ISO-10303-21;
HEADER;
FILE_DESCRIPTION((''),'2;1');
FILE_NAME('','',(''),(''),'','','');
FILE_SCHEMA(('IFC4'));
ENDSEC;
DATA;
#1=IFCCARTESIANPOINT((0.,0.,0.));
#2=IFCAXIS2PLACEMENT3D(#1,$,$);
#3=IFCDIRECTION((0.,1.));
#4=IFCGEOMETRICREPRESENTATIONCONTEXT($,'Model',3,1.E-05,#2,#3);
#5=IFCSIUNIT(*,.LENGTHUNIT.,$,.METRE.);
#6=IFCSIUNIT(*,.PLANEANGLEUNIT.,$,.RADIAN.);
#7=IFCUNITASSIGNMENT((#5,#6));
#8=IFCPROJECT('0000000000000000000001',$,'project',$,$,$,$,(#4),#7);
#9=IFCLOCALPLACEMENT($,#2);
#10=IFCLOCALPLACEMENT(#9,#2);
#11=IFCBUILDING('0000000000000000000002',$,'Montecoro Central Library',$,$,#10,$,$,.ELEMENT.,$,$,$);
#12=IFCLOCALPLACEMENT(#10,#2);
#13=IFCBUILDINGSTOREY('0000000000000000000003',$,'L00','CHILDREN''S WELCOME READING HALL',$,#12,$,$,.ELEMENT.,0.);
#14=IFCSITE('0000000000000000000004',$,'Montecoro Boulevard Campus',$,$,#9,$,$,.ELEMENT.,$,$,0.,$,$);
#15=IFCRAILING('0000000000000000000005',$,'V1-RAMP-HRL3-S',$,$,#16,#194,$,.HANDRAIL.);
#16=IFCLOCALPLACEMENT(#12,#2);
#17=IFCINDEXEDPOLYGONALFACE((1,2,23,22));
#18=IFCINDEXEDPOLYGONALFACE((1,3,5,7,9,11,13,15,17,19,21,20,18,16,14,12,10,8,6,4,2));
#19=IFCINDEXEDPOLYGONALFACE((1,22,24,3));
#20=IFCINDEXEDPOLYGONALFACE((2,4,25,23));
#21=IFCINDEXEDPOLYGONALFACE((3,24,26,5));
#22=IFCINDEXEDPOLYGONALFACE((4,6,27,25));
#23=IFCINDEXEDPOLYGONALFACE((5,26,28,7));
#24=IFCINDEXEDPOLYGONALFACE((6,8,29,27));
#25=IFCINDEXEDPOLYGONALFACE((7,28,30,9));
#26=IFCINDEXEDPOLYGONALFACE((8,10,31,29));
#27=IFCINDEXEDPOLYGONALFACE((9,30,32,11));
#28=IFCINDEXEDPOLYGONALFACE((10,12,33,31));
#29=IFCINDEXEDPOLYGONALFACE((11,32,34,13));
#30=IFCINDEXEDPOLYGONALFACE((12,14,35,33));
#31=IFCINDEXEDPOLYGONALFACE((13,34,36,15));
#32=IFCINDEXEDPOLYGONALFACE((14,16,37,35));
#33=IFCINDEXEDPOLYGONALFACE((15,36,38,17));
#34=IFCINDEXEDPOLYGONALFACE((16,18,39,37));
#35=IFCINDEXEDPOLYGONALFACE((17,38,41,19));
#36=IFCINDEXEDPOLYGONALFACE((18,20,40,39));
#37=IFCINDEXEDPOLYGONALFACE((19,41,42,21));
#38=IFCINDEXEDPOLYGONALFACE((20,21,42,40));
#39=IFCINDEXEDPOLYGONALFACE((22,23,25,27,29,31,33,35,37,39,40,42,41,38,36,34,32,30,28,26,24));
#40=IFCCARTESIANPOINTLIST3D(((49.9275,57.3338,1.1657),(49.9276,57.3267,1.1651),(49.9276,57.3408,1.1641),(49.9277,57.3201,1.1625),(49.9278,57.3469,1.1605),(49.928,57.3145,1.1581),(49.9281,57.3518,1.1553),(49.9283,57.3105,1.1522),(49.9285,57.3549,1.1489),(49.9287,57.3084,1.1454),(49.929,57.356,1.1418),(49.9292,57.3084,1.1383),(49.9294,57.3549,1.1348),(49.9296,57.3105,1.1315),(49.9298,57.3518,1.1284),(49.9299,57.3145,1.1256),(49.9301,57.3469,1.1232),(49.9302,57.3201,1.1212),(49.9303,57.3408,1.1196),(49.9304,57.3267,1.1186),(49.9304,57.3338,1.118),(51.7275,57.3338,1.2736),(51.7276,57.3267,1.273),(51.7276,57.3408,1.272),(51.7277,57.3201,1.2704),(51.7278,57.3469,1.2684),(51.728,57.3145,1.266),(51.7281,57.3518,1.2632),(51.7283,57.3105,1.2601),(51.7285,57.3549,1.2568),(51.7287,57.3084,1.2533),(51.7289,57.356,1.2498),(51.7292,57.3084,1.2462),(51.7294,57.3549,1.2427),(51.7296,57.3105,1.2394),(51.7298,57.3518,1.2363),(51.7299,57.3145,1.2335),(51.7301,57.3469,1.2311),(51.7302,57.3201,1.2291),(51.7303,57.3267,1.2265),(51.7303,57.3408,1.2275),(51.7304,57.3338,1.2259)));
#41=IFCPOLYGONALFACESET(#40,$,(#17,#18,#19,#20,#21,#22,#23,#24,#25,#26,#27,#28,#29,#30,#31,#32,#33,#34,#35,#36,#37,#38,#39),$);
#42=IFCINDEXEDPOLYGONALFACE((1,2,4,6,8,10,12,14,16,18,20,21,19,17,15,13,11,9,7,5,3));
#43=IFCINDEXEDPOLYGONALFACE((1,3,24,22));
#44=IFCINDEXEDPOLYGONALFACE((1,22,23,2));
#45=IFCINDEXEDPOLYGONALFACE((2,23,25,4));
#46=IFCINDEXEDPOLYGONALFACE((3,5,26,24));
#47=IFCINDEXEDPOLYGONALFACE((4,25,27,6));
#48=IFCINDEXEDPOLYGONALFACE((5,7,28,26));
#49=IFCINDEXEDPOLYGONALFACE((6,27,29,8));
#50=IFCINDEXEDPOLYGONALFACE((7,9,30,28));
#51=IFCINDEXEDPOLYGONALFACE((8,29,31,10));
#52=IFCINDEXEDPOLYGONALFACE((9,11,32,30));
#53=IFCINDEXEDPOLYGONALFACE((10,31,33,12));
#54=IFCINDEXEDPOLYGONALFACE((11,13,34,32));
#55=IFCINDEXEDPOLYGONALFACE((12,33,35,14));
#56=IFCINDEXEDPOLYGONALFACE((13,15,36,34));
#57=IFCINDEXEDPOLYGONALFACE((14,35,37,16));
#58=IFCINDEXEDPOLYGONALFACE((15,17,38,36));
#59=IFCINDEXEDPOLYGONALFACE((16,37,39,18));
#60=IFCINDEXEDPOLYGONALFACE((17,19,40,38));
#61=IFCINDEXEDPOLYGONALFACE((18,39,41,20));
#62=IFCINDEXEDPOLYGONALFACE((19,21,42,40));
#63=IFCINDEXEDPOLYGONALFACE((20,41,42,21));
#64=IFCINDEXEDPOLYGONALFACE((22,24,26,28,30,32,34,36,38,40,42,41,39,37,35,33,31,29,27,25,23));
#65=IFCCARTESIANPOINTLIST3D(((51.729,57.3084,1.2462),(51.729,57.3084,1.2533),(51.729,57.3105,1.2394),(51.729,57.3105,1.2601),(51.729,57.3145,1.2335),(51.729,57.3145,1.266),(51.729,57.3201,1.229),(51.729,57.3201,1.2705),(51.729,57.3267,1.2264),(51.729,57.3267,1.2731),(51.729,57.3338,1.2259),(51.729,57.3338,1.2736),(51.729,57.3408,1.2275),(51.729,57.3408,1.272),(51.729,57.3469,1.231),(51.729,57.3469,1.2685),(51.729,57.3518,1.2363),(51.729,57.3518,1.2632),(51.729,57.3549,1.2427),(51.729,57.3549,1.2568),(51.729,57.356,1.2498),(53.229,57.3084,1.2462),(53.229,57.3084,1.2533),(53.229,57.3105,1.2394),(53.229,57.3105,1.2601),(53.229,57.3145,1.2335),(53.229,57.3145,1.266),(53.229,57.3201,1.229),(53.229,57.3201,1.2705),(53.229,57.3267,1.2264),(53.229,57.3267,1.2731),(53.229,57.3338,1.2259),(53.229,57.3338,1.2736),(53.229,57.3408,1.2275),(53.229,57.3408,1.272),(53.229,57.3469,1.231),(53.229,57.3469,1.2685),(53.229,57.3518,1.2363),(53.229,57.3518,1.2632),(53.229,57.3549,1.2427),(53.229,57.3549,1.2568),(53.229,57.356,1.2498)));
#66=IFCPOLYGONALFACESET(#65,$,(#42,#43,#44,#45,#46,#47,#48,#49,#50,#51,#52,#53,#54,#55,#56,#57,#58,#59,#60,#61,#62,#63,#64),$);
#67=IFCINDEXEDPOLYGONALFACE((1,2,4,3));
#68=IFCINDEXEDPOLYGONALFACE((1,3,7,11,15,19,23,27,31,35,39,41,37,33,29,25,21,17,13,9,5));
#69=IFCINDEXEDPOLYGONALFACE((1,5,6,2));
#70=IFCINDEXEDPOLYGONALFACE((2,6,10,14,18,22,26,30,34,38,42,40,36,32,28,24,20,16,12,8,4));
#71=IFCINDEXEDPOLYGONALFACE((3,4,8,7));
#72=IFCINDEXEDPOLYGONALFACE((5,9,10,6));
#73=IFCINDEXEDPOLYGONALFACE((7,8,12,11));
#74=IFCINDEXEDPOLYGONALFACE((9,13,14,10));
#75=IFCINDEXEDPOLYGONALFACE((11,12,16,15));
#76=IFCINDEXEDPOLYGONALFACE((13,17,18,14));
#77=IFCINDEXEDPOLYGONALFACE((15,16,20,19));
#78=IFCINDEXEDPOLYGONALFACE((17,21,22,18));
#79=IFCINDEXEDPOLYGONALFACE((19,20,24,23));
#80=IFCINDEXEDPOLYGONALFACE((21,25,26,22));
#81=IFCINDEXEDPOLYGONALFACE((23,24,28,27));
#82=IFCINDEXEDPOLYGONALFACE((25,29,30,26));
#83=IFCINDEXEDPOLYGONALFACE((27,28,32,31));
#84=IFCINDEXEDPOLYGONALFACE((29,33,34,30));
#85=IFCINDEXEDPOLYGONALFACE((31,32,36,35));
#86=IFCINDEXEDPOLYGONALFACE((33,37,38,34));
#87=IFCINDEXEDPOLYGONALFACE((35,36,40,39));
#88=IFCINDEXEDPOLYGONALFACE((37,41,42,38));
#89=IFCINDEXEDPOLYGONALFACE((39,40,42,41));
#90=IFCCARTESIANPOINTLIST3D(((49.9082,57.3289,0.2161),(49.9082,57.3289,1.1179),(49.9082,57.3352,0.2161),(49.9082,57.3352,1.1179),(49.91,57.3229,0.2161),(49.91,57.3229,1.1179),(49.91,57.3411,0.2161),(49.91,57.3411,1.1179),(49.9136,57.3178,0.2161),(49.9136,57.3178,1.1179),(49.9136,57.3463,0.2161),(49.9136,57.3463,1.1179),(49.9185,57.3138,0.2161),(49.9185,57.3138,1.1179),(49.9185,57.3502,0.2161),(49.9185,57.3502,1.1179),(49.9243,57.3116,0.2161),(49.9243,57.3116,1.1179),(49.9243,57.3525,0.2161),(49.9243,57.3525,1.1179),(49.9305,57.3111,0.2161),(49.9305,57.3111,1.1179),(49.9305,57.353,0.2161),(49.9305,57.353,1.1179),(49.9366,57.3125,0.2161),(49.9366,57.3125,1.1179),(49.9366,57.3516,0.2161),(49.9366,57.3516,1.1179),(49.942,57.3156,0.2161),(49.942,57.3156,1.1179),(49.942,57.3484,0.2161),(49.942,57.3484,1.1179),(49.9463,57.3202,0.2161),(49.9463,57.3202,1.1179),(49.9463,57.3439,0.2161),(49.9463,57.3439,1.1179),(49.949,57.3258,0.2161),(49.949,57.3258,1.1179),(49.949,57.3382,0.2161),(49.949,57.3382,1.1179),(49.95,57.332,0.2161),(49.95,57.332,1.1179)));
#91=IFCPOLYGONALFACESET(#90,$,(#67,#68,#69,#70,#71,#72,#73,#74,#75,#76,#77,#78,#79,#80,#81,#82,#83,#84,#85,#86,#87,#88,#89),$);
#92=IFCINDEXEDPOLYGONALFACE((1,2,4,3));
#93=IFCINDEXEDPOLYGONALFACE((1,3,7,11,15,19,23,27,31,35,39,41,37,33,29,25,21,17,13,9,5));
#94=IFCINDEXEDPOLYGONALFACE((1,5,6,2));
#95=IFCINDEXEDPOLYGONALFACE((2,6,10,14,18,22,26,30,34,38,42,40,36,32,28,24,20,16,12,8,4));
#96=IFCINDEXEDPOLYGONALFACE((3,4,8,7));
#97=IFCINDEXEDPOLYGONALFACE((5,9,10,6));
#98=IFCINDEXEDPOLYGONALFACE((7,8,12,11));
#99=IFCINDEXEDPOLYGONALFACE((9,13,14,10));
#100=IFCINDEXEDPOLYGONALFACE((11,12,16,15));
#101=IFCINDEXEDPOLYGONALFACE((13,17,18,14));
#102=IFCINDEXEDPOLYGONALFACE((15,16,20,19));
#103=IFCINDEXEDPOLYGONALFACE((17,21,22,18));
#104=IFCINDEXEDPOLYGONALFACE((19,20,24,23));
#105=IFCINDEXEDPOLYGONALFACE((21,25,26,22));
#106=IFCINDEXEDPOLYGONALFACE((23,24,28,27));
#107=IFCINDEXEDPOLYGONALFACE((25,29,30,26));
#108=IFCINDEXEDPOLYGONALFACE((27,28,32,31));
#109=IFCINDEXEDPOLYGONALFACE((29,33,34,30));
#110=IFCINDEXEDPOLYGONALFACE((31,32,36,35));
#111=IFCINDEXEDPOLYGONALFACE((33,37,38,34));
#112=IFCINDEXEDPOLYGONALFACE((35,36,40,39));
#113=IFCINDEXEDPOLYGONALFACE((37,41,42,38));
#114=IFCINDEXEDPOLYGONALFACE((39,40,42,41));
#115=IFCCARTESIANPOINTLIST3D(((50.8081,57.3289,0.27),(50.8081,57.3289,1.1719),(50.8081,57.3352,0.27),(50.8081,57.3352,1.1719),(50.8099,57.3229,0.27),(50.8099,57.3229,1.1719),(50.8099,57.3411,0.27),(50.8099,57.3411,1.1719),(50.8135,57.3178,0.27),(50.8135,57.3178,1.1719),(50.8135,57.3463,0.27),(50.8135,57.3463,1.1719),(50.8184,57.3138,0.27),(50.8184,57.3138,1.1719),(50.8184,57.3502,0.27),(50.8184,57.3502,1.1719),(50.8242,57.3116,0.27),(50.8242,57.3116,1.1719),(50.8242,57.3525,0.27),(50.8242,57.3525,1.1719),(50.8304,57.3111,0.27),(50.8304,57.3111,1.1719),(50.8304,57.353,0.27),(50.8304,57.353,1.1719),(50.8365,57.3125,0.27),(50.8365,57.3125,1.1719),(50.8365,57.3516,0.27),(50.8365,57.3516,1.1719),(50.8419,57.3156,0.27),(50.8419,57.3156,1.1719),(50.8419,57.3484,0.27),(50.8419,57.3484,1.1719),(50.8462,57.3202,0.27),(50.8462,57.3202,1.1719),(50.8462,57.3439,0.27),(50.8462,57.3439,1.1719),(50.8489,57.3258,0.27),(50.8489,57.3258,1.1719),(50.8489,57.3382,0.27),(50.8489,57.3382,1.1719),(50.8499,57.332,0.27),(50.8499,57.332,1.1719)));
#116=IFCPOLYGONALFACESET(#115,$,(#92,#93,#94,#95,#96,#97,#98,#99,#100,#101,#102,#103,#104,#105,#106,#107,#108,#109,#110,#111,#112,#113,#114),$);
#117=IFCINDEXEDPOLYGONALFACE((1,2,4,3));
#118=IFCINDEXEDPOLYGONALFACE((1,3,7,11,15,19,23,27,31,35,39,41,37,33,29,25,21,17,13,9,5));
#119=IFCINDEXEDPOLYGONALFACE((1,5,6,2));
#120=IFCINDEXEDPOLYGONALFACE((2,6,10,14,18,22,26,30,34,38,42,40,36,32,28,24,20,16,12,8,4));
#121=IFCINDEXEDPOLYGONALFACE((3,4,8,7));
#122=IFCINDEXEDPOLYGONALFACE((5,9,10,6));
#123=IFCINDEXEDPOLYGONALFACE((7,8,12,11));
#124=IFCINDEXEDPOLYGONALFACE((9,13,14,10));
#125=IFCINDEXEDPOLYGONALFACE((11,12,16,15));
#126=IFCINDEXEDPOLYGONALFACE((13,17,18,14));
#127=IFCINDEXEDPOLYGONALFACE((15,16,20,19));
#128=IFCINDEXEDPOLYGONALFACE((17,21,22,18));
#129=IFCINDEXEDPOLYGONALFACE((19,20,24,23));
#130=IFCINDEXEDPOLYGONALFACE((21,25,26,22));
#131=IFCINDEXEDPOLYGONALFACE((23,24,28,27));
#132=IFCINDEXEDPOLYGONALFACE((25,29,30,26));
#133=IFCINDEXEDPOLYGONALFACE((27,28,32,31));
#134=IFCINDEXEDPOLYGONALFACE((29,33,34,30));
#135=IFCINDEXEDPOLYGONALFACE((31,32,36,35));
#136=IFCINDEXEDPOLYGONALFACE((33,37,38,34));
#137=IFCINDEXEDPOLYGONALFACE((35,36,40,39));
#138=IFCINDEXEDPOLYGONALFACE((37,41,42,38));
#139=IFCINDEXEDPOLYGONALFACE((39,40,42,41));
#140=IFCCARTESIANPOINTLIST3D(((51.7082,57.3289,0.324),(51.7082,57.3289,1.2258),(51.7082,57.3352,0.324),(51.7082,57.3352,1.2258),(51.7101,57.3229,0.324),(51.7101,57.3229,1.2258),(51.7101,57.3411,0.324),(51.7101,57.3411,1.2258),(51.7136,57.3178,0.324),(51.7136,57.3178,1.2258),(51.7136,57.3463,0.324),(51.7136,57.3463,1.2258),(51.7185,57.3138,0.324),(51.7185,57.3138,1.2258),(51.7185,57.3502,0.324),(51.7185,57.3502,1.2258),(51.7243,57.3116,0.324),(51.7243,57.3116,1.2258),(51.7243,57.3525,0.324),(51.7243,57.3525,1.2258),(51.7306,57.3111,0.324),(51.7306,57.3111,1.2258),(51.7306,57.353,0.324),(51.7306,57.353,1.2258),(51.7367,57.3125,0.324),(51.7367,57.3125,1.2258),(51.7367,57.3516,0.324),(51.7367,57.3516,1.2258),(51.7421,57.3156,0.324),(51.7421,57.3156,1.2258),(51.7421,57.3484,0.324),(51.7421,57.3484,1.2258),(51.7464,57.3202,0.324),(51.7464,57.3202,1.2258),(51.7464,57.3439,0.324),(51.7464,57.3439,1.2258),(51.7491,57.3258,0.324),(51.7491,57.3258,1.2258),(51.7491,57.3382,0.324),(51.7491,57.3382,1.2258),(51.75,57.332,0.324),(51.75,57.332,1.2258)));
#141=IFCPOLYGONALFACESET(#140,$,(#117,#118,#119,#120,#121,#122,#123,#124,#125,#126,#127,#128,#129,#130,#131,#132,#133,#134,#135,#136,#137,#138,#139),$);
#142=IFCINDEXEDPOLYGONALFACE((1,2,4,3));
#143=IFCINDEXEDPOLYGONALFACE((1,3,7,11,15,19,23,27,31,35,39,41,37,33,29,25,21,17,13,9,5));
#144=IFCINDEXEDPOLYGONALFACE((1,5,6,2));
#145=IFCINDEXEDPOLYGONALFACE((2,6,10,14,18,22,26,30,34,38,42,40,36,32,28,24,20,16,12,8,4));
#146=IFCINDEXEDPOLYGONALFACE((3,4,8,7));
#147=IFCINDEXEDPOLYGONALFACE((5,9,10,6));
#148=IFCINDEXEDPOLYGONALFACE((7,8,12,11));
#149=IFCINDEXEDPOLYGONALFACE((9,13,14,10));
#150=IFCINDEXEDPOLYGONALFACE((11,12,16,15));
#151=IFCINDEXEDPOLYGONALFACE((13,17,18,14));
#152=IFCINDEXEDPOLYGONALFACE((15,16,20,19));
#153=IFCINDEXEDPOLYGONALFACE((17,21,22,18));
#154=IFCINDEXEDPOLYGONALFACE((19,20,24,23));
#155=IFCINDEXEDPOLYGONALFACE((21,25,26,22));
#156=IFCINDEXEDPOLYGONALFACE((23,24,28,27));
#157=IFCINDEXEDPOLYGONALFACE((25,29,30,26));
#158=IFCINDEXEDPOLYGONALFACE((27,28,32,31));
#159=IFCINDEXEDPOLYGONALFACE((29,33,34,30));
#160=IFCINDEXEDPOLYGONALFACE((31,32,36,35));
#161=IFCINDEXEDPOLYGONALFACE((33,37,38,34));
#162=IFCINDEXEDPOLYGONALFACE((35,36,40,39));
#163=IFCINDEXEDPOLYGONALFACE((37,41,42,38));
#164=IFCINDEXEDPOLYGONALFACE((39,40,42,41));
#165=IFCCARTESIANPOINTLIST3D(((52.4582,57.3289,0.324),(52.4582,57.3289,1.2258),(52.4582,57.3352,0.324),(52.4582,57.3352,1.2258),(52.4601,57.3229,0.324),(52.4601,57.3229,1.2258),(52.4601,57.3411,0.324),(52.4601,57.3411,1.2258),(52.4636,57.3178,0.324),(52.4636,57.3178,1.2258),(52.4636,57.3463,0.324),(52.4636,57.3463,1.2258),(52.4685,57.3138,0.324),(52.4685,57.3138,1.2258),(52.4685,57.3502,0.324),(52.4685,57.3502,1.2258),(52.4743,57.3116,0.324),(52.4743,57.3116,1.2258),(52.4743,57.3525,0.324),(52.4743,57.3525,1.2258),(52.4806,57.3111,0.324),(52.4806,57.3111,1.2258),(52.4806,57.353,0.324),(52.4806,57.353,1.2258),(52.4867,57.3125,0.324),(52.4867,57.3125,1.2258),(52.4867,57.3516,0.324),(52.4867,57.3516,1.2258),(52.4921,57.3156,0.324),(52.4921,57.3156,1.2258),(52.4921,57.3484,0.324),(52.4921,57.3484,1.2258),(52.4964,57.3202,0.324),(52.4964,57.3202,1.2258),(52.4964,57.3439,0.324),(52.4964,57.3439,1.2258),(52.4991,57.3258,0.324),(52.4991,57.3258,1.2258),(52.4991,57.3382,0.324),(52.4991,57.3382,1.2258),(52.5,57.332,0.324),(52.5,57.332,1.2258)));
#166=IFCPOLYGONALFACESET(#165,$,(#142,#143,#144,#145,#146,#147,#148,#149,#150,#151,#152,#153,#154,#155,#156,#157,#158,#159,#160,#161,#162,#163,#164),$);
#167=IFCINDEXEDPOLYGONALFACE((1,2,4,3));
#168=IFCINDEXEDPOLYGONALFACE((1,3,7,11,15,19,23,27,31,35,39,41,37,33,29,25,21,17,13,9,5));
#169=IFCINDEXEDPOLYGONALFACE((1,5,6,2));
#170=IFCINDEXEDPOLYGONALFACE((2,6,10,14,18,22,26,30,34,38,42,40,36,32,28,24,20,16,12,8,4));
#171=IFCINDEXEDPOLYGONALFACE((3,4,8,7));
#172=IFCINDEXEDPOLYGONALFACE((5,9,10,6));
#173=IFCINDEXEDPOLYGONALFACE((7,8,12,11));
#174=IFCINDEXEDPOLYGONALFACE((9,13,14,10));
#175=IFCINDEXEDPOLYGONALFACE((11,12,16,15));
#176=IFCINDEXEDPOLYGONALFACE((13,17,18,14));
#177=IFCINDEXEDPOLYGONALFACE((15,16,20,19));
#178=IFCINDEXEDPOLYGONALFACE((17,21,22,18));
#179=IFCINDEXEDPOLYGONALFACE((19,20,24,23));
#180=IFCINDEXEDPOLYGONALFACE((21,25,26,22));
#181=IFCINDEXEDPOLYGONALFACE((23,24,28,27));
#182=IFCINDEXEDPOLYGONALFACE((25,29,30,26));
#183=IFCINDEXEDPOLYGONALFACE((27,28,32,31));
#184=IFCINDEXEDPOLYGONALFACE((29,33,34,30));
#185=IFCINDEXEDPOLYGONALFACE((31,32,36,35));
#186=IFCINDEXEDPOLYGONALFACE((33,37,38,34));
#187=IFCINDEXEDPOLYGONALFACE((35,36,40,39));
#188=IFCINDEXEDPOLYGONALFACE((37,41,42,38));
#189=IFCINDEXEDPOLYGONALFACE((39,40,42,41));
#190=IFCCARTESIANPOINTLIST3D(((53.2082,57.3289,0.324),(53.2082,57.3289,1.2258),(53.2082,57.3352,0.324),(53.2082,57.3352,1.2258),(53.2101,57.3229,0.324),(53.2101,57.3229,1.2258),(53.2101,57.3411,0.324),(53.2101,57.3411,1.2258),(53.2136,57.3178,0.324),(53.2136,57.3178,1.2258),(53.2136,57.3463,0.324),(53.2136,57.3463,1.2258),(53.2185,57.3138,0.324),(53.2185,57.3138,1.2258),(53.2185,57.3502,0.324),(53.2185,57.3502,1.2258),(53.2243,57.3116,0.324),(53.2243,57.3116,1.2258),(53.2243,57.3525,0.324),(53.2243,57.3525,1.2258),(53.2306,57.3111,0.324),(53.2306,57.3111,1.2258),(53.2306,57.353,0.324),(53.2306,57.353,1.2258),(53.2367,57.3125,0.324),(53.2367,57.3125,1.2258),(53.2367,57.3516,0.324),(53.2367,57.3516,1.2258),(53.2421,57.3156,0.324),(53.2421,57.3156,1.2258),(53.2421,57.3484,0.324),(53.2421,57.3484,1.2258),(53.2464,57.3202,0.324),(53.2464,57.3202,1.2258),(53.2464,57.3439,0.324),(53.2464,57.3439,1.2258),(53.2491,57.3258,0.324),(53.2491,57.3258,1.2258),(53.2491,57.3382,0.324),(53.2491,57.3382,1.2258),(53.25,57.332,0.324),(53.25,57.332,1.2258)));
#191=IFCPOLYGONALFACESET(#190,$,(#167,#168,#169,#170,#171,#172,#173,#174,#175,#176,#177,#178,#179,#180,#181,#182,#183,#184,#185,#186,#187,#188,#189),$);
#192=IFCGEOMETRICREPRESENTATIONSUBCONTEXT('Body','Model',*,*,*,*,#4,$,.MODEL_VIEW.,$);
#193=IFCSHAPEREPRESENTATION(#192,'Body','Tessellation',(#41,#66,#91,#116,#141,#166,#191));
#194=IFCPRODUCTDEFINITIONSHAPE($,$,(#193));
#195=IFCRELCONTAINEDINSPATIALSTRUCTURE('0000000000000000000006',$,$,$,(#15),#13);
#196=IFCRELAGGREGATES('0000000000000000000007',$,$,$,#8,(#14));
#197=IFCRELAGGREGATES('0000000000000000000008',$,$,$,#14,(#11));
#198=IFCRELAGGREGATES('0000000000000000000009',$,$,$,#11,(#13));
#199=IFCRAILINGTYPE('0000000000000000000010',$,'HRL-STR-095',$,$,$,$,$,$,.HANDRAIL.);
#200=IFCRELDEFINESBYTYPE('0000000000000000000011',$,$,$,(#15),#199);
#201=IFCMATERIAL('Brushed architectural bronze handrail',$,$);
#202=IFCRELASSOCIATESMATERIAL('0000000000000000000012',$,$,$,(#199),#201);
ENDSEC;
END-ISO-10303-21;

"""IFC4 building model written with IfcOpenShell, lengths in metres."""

from ifc_helpers import new_model, si_unit, direction, frame, origin, origin_2d, place, context, subcontext, project, spatial, circle, extrude, material, type_object, element, save


model = new_model("IFC4")

# Units and contexts
model_context = context("Model", 3, precision=1e-05, world=origin(), true_north=direction((0.0, 1.0)))
body_context = subcontext(model_context, "Body", "Model", "MODEL_VIEW")
ifc_project = project(units=[si_unit("LENGTHUNIT", "METRE"), si_unit("PLANEANGLEUNIT", "RADIAN")], contexts=[model_context])

# Site, building, storey
site_placement = place(None, origin())
site = spatial("IfcSite", under=ifc_project, at=site_placement, Name="Montecoro Boulevard Campus", CompositionType="ELEMENT", RefElevation=0.0)
building_placement = place(site_placement, origin())
building = spatial("IfcBuilding", under=site, at=building_placement, Name="Montecoro Central Library", CompositionType="ELEMENT")
storey_placement = place(building_placement, origin())
storey = spatial("IfcBuildingStorey", under=building, at=storey_placement, Name="L00", Description="CHILDREN'S WELCOME READING HALL", CompositionType="ELEMENT", Elevation=0.0)

# Railing
ifc_material_1 = material(Name="Brushed architectural bronze handrail")
railing_type = type_object("IfcRailingType", Name="HRL-STR-095", PredefinedType="HANDRAIL", material=ifc_material_1)
for number, where, name in (
    (1, (49.929, 57.332, 0.2161), "V1-RAMP-HRL3-S"),
):
    element("IfcRailing", number, at=place(storey_placement, frame(where)), inside=storey, type_object=railing_type, Name=name, PredefinedType="HANDRAIL", context=body_context, shape_type="SweptSolid", body=[
        extrude(circle(Radius=0.0239, at=origin_2d()), frame((0.0, 0.0, 0.9258), z_axis=(0.998208, 0.0, 0.059841), x_axis=(0.0, 1.0, 0.0)), (0.0, 0.0, 1.0), 1.8032),
        extrude(circle(Radius=0.0239, at=origin_2d()), frame((1.8, 0.0, 1.0337), z_axis=(1.0, 0.0, 0.0), x_axis=(0.0, 1.0, 0.0)), (0.0, 0.0, 1.0), 1.5),
        extrude(circle(Radius=0.021, at=origin_2d()), origin(), (0.0, 0.0, 1.0), 0.9019),
        extrude(circle(Radius=0.021, at=origin_2d()), frame((0.8999, 0.0, 0.054)), (0.0, 0.0, 1.0), 0.9019),
        extrude(circle(Radius=0.021, at=origin_2d()), frame((1.8, 0.0, 0.1079)), (0.0, 0.0, 1.0), 0.9019),
        extrude(circle(Radius=0.021, at=origin_2d()), frame((2.55, 0.0, 0.1079)), (0.0, 0.0, 1.0), 0.9019),
        extrude(circle(Radius=0.021, at=origin_2d()), frame((3.3, 0.0, 0.1079)), (0.0, 0.0, 1.0), 0.9019),
    ])

save(model, "model.ifc")
